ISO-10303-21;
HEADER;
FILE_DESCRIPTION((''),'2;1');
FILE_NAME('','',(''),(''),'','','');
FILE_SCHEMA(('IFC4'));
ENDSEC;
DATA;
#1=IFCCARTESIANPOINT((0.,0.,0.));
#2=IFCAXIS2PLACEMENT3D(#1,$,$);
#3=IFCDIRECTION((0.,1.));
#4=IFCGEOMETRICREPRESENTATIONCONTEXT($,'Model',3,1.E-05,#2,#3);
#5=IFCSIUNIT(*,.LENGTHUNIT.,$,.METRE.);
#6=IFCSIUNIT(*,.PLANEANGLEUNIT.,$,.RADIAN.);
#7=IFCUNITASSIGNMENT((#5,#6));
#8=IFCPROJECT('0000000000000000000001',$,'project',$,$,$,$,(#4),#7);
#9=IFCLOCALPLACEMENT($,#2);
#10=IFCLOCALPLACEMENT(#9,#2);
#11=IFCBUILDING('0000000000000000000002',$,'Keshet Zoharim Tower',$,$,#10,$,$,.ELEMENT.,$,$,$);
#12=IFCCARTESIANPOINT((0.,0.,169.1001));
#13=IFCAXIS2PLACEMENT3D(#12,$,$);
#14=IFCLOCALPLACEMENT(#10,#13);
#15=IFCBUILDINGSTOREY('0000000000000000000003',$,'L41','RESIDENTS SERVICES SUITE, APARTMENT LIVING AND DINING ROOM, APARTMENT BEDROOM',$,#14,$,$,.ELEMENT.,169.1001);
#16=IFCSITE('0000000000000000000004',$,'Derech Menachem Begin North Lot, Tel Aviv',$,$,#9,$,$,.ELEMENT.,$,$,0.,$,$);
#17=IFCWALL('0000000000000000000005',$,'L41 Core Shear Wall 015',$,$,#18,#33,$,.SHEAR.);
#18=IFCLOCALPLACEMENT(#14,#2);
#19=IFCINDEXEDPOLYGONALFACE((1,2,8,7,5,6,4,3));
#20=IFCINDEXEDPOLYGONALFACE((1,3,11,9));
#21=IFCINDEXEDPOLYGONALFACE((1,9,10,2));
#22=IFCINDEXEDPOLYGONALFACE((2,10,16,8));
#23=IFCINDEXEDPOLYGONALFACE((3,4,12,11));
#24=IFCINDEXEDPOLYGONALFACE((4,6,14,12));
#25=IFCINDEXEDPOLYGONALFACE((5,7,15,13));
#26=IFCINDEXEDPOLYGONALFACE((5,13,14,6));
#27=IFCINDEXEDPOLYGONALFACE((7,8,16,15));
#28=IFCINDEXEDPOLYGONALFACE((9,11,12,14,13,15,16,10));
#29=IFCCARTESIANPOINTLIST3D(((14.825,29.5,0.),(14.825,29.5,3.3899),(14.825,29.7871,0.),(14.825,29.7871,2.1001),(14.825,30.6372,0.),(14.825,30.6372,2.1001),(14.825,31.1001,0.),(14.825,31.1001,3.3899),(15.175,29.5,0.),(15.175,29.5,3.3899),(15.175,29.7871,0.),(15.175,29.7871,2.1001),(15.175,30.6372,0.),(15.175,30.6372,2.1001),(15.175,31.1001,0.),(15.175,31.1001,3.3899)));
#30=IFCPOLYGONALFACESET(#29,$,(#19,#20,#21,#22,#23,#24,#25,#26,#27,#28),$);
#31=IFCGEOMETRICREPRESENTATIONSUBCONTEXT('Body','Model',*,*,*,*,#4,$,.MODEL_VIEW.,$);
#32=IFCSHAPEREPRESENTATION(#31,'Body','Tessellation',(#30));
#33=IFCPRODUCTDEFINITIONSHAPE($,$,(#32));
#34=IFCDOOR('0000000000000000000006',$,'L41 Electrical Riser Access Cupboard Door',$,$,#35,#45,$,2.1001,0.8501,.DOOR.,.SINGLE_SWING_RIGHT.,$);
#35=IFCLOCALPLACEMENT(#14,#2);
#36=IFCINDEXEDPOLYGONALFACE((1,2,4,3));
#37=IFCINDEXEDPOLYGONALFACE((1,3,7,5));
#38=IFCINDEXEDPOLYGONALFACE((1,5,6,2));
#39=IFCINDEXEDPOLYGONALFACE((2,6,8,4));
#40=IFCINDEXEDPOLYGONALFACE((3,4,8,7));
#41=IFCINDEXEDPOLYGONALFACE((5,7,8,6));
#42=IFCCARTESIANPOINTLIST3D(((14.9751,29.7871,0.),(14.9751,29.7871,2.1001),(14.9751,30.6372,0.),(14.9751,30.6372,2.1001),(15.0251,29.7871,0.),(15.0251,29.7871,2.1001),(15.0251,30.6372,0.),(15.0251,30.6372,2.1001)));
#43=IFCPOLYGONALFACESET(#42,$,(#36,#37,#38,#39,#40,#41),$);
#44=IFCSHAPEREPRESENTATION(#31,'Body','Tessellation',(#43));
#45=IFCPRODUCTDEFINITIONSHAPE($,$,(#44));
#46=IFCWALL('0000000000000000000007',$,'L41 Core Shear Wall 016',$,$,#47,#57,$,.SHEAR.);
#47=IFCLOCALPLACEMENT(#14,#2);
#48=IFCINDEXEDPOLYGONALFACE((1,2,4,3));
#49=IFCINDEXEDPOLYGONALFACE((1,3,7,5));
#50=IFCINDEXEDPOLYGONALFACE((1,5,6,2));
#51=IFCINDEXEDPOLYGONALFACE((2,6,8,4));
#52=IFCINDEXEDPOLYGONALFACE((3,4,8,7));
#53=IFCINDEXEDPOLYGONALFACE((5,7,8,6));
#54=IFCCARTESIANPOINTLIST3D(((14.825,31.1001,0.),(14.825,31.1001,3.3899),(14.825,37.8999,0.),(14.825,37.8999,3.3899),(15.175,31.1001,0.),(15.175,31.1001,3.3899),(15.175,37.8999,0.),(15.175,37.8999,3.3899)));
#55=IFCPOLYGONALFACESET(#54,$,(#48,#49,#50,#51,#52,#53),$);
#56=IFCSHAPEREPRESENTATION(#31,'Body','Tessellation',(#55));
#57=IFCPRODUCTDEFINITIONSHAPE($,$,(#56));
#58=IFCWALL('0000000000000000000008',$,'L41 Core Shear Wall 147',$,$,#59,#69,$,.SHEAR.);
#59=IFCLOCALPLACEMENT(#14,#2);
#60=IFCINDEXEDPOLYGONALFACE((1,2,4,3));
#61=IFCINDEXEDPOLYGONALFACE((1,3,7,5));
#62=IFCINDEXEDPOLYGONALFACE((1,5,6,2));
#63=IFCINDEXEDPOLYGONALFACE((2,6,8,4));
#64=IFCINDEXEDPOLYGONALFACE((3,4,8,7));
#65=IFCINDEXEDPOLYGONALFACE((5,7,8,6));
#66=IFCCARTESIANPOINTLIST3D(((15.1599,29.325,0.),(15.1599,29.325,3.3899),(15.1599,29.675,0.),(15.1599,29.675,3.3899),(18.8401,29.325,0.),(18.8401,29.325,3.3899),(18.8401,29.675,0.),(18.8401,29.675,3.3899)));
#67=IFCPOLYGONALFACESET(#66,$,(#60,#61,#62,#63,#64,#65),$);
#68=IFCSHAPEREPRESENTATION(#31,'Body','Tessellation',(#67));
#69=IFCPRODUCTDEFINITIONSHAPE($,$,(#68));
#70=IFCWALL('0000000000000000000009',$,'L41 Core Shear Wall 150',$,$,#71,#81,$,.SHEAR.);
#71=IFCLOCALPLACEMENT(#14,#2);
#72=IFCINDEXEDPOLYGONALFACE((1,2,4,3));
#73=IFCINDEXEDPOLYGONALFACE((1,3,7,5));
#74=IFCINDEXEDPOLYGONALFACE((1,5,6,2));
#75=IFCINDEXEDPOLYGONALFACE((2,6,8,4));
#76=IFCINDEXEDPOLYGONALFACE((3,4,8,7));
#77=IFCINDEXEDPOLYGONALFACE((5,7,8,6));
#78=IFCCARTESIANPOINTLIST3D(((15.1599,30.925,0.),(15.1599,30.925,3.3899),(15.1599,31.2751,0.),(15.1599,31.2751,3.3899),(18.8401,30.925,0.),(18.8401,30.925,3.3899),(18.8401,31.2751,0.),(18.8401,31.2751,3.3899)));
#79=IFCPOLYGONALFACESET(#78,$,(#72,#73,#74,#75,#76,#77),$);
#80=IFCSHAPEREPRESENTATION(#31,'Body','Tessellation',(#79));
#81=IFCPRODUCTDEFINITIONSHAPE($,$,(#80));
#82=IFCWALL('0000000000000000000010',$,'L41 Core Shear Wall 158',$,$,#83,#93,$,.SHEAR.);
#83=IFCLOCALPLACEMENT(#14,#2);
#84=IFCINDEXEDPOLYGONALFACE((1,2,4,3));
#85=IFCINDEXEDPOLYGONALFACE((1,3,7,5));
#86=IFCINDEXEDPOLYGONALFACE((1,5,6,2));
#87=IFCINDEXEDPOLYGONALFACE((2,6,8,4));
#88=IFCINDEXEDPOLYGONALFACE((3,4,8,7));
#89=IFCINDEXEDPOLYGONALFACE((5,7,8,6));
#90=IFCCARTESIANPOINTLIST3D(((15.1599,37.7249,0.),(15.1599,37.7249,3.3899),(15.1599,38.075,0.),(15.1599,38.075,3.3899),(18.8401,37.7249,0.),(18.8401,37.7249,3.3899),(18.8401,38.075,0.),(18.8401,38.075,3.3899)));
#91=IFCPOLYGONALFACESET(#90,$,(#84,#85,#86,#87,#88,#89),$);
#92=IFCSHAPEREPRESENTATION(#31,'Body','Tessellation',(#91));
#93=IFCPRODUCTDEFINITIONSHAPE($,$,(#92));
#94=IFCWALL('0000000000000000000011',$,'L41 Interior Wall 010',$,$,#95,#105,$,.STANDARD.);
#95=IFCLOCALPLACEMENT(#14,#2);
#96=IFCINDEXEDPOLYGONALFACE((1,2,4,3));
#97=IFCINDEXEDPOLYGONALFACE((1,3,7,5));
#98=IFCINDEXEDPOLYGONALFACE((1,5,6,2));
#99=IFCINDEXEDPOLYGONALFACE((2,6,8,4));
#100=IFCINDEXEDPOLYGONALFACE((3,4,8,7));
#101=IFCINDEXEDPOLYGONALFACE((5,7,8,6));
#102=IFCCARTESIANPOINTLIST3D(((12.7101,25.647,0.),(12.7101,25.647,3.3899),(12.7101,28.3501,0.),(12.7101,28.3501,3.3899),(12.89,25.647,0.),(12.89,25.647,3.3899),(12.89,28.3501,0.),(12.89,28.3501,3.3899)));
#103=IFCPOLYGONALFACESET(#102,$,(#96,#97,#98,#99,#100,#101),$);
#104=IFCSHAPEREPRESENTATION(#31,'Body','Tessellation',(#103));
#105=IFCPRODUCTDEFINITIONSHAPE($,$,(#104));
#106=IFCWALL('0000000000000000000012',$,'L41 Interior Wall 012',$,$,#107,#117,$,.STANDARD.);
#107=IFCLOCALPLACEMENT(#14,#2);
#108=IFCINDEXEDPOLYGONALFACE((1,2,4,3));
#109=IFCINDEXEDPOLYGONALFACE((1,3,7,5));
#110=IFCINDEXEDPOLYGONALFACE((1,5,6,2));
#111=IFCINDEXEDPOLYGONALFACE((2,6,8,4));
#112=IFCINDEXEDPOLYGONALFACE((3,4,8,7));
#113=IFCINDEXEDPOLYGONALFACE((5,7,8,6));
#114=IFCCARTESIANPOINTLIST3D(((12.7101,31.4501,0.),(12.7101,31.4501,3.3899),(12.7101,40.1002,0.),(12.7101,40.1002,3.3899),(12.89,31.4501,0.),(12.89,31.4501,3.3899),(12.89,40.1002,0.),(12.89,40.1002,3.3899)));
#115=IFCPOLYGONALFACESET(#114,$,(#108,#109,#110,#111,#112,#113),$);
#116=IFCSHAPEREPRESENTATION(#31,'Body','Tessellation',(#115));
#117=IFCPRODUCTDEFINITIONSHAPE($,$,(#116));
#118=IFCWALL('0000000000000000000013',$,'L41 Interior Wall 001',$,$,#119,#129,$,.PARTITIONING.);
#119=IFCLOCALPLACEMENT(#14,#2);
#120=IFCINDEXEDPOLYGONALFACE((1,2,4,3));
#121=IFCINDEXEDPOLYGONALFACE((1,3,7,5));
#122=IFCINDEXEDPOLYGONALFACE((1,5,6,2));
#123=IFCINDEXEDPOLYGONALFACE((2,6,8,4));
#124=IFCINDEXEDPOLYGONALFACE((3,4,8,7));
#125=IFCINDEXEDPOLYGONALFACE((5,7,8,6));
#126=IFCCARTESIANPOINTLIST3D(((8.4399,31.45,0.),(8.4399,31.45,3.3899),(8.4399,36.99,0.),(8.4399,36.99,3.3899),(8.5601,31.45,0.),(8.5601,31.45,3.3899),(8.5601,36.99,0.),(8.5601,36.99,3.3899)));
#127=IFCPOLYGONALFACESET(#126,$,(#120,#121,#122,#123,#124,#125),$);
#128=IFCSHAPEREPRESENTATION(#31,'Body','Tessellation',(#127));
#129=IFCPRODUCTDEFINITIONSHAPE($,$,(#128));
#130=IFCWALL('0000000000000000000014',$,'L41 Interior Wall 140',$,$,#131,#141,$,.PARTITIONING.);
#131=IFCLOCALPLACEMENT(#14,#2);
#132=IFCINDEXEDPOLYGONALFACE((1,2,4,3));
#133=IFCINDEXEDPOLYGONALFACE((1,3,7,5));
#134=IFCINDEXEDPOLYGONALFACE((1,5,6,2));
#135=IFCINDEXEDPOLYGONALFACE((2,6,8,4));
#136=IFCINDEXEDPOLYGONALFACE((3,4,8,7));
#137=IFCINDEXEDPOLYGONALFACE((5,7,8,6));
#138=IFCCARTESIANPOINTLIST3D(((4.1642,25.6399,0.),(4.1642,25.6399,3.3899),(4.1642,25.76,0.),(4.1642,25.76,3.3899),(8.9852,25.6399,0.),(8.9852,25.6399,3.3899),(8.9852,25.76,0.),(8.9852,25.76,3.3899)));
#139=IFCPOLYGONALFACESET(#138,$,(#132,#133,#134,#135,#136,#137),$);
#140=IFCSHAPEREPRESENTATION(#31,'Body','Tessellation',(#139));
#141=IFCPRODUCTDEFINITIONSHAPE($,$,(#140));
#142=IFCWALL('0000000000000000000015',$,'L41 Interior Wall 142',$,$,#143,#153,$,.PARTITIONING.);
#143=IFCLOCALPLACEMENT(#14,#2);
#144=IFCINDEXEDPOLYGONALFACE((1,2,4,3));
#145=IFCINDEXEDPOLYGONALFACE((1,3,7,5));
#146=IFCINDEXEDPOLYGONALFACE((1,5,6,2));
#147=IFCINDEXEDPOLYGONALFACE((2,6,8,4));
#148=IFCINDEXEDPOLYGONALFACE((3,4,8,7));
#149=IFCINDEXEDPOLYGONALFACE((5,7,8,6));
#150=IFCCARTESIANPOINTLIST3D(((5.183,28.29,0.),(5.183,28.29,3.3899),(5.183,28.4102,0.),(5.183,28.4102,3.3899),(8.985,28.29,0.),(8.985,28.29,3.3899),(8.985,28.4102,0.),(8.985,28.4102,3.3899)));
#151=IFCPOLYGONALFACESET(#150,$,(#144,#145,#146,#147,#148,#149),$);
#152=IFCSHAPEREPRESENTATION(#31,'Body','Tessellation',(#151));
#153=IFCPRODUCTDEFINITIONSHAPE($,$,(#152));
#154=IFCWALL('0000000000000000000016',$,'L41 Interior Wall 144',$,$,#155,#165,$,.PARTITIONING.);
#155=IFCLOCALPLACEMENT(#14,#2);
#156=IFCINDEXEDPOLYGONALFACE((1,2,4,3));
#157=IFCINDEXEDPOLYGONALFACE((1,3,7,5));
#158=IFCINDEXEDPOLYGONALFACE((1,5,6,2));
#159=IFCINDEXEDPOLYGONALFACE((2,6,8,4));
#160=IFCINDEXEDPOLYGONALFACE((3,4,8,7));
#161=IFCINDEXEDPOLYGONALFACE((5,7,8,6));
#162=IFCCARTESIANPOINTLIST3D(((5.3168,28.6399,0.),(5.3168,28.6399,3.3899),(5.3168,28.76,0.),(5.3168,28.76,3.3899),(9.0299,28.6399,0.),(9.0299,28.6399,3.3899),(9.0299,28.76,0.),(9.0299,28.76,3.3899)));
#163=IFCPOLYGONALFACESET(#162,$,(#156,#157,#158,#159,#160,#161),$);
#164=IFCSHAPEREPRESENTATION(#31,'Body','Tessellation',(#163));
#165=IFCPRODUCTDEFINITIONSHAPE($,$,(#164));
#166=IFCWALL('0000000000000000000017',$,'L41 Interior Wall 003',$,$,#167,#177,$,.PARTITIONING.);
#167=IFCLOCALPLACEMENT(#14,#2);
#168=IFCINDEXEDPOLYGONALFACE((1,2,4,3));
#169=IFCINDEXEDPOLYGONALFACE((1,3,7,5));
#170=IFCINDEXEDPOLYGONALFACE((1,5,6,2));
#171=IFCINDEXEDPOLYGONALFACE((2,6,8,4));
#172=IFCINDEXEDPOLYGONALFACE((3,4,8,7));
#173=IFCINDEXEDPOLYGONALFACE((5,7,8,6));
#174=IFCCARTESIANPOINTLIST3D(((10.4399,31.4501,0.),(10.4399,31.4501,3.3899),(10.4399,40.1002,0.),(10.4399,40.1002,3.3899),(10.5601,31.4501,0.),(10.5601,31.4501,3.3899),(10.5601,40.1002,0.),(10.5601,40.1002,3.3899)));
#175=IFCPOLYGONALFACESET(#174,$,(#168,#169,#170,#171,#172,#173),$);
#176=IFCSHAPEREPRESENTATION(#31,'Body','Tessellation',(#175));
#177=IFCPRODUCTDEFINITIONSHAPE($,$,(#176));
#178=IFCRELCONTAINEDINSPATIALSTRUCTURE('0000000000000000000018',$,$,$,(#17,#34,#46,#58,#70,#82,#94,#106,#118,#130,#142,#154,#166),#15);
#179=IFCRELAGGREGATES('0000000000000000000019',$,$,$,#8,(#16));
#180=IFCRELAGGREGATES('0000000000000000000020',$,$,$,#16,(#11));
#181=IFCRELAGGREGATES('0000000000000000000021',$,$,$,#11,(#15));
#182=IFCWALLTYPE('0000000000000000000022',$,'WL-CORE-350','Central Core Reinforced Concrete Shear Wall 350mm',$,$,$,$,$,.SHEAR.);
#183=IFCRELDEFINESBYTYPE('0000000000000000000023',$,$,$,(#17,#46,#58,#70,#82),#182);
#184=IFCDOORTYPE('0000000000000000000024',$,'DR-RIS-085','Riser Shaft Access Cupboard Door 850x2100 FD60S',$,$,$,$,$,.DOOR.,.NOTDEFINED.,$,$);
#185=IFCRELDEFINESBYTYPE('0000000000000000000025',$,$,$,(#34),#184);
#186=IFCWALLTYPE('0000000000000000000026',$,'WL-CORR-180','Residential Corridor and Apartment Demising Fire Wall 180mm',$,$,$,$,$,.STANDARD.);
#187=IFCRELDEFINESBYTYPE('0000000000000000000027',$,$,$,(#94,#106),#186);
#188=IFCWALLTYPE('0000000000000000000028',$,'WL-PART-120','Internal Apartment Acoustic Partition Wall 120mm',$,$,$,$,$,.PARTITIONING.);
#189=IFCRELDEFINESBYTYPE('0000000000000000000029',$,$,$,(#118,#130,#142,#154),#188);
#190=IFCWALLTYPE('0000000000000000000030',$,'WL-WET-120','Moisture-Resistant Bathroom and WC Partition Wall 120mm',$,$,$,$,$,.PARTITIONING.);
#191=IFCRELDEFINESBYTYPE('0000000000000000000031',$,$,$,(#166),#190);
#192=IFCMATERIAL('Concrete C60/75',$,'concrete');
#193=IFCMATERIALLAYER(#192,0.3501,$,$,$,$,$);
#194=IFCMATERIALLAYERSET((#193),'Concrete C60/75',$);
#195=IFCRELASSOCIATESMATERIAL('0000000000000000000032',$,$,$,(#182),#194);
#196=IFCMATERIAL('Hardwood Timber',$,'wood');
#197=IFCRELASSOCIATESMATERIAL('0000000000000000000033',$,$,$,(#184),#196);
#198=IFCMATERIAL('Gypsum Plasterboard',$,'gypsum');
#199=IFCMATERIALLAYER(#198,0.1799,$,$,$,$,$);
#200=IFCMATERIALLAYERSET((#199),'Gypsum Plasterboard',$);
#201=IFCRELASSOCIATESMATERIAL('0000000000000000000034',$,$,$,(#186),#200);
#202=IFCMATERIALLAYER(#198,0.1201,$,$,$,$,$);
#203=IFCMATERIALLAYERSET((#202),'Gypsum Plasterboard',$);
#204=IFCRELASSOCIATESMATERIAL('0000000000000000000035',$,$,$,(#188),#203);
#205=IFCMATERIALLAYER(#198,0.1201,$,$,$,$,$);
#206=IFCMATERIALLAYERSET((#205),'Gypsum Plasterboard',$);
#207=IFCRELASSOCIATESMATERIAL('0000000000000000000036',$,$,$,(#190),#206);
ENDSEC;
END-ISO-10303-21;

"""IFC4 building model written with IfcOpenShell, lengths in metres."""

from ifc_helpers import new_model, si_unit, direction, frame, frame_2d, origin, place, context, subcontext, project, spatial, rectangle, extrude, material, layer, layer_set, type_object, element, fill, save


model = new_model("IFC4")

# Units and contexts
model_context = context("Model", 3, precision=1e-05, world=origin(), true_north=direction((0.0, 1.0)))
body_context = subcontext(model_context, "Body", "Model", "MODEL_VIEW")
ifc_project = project(units=[si_unit("LENGTHUNIT", "METRE"), si_unit("PLANEANGLEUNIT", "RADIAN")], contexts=[model_context])

# Site, building, storey
site_placement = place(None, origin())
site = spatial("IfcSite", under=ifc_project, at=site_placement, Name="Derech Menachem Begin North Lot, Tel Aviv", CompositionType="ELEMENT", RefElevation=0.0)
building_placement = place(site_placement, origin())
building = spatial("IfcBuilding", under=site, at=building_placement, Name="Keshet Zoharim Tower", CompositionType="ELEMENT")
storey_placement = place(building_placement, frame((0.0, 0.0, 169.1001)))
storey = spatial("IfcBuildingStorey", under=building, at=storey_placement, Name="L41", Description="RESIDENTS SERVICES SUITE, APARTMENT LIVING AND DINING ROOM, APARTMENT BEDROOM", CompositionType="ELEMENT", Elevation=169.1001)

# Wall, opening, door
ifc_material_1 = material(Name="Concrete C60/75", Category="concrete")
ifc_layer_1 = layer(ifc_material_1, 0.3501)
ifc_layer_set_1 = layer_set([ifc_layer_1], Name="Concrete C60/75")
wall_type_1 = type_object("IfcWallType", Name="WL-CORE-350", Description="Central Core Reinforced Concrete Shear Wall 350mm", PredefinedType="SHEAR", material=ifc_layer_set_1)
wall_1_placement = place(storey_placement, frame((15.0, 29.5, 0.0), z_axis=(0.0, 0.0, 1.0), x_axis=(0.0, 1.0, 0.0)))
wall_1 = element("IfcWall", 1, at=wall_1_placement, inside=storey, type_object=wall_type_1, Name="L41 Core Shear Wall 015", PredefinedType="SHEAR", context=body_context, shape_type="SweptSolid", body=[
    extrude(rectangle(XDim=1.6001, YDim=0.3501, at=frame_2d((0.8, 0.0))), origin(), (0.0, 0.0, 1.0), 3.3899),
])
opening_1_placement = place(wall_1_placement, frame((0.2871, 0.0, 0.0)))
opening_1 = element("IfcOpeningElement", 2, at=opening_1_placement, cuts=wall_1, PredefinedType="OPENING", context=body_context, shape_type="SweptSolid", body=[
    extrude(rectangle(XDim=0.8501, YDim=2.1001, at=frame_2d((0.425, 1.05))), frame((0.0, 0.1851, 0.0), z_axis=(0.0, -1.0, 0.0), x_axis=(1.0, 0.0, 0.0)), (0.0, 0.0, 1.0), 0.3701),
])
ifc_material_2 = material(Name="Hardwood Timber", Category="wood")
door_type_1 = type_object("IfcDoorType", Name="DR-RIS-085", Description="Riser Shaft Access Cupboard Door 850x2100 FD60S", OperationType="NOTDEFINED", PredefinedType="DOOR", material=ifc_material_2)
door_1_placement = place(opening_1_placement, origin())
door_1 = element("IfcDoor", 3, at=door_1_placement, inside=storey, type_object=door_type_1, Name="L41 Electrical Riser Access Cupboard Door", OperationType="SINGLE_SWING_RIGHT", OverallHeight=2.1001, OverallWidth=0.8501, PredefinedType="DOOR", context=body_context, shape_type="SweptSolid", body=[
    extrude(rectangle(XDim=0.8501, YDim=2.1001, at=frame_2d((0.425, 1.05))), frame((0.0, 0.0249, 0.0), z_axis=(0.0, -1.0, 0.0), x_axis=(1.0, 0.0, 0.0)), (0.0, 0.0, 1.0), 0.05),
])
fill(opening_1, door_1)

# Walls
wall_2_placement = place(storey_placement, frame((15.0, 31.1001, 0.0), z_axis=(0.0, 0.0, 1.0), x_axis=(0.0, 1.0, 0.0)))
element("IfcWall", 4, at=wall_2_placement, inside=storey, type_object=wall_type_1, Name="L41 Core Shear Wall 016", PredefinedType="SHEAR", context=body_context, shape_type="SweptSolid", body=[
    extrude(rectangle(XDim=6.7998, YDim=0.3501, at=frame_2d((3.3999, 0.0))), origin(), (0.0, 0.0, 1.0), 3.3899),
])
for number, where, z_axis, x_axis, name in (
    (5, (15.1599, 29.5, 0.0), (0.0, 0.0, 1.0), (1.0, 0.0, 0.0), "L41 Core Shear Wall 147"),
    (6, (15.1599, 31.1001, 0.0), (0.0, 0.0, 1.0), (1.0, 0.0, 0.0), "L41 Core Shear Wall 150"),
    (7, (15.1599, 37.8999, 0.0), (0.0, 0.0, 1.0), (1.0, 0.0, 0.0), "L41 Core Shear Wall 158"),
):
    element("IfcWall", number, at=place(storey_placement, frame(where, z_axis=z_axis, x_axis=x_axis)), inside=storey, type_object=wall_type_1, Name=name, PredefinedType="SHEAR", context=body_context, shape_type="SweptSolid", body=[
        extrude(rectangle(XDim=3.6802, YDim=0.3501, at=frame_2d((1.8401, 0.0))), origin(), (0.0, 0.0, 1.0), 3.3899),
    ])
ifc_material_3 = material(Name="Gypsum Plasterboard", Category="gypsum")
ifc_layer_2 = layer(ifc_material_3, 0.1799)
ifc_layer_set_2 = layer_set([ifc_layer_2], Name="Gypsum Plasterboard")
wall_type_2 = type_object("IfcWallType", Name="WL-CORR-180", Description="Residential Corridor and Apartment Demising Fire Wall 180mm", PredefinedType="STANDARD", material=ifc_layer_set_2)
wall_3_placement = place(storey_placement, frame((12.8, 25.647, 0.0), z_axis=(0.0, 0.0, 1.0), x_axis=(0.0, 1.0, 0.0)))
element("IfcWall", 8, at=wall_3_placement, inside=storey, type_object=wall_type_2, Name="L41 Interior Wall 010", PredefinedType="STANDARD", context=body_context, shape_type="SweptSolid", body=[
    extrude(rectangle(XDim=2.7031, YDim=0.1799, at=frame_2d((1.3516, 0.0))), origin(), (0.0, 0.0, 1.0), 3.3899),
])

# Walls
wall_4_placement = place(storey_placement, frame((12.8, 31.45, 0.0), z_axis=(0.0, 0.0, 1.0), x_axis=(0.0, 1.0, 0.0)))
element("IfcWall", 9, at=wall_4_placement, inside=storey, type_object=wall_type_2, Name="L41 Interior Wall 012", PredefinedType="STANDARD", context=body_context, shape_type="SweptSolid", body=[
    extrude(rectangle(XDim=8.6501, YDim=0.1799, at=frame_2d((4.3252, 0.0))), origin(), (0.0, 0.0, 1.0), 3.3899),
])
ifc_layer_3 = layer(ifc_material_3, 0.1201)
ifc_layer_set_3 = layer_set([ifc_layer_3], Name="Gypsum Plasterboard")
wall_type_3 = type_object("IfcWallType", Name="WL-PART-120", Description="Internal Apartment Acoustic Partition Wall 120mm", PredefinedType="PARTITIONING", material=ifc_layer_set_3)
wall_5_placement = place(storey_placement, frame((8.5, 31.45, 0.0), z_axis=(0.0, 0.0, 1.0), x_axis=(0.0, 1.0, 0.0)))
element("IfcWall", 10, at=wall_5_placement, inside=storey, type_object=wall_type_3, Name="L41 Interior Wall 001", PredefinedType="PARTITIONING", context=body_context, shape_type="SweptSolid", body=[
    extrude(rectangle(XDim=5.54, YDim=0.1201, at=frame_2d((2.77, 0.0))), origin(), (0.0, 0.0, 1.0), 3.3899),
])

# Walls
wall_6_placement = place(storey_placement, frame((4.1641, 25.7, 0.0), z_axis=(0.0, 0.0, 1.0), x_axis=(1.0, 0.0, 0.0)))
element("IfcWall", 11, at=wall_6_placement, inside=storey, type_object=wall_type_3, Name="L41 Interior Wall 140", PredefinedType="PARTITIONING", context=body_context, shape_type="SweptSolid", body=[
    extrude(rectangle(XDim=4.821, YDim=0.1201, at=frame_2d((2.4106, 0.0))), origin(), (0.0, 0.0, 1.0), 3.3899),
])
wall_7_placement = place(storey_placement, frame((5.1831, 28.3501, 0.0), z_axis=(0.0, 0.0, 1.0), x_axis=(1.0, 0.0, 0.0)))
element("IfcWall", 12, at=wall_7_placement, inside=storey, type_object=wall_type_3, Name="L41 Interior Wall 142", PredefinedType="PARTITIONING", context=body_context, shape_type="SweptSolid", body=[
    extrude(rectangle(XDim=3.802, YDim=0.1201, at=frame_2d((1.9009, 0.0))), origin(), (0.0, 0.0, 1.0), 3.3899),
])
wall_8_placement = place(storey_placement, frame((5.3169, 28.7, 0.0), z_axis=(0.0, 0.0, 1.0), x_axis=(1.0, 0.0, 0.0)))
element("IfcWall", 13, at=wall_8_placement, inside=storey, type_object=wall_type_3, Name="L41 Interior Wall 144", PredefinedType="PARTITIONING", context=body_context, shape_type="SweptSolid", body=[
    extrude(rectangle(XDim=3.7131, YDim=0.1201, at=frame_2d((1.8564, 0.0))), origin(), (0.0, 0.0, 1.0), 3.3899),
])

# Wall
ifc_layer_4 = layer(ifc_material_3, 0.1201)
ifc_layer_set_4 = layer_set([ifc_layer_4], Name="Gypsum Plasterboard")
wall_type_4 = type_object("IfcWallType", Name="WL-WET-120", Description="Moisture-Resistant Bathroom and WC Partition Wall 120mm", PredefinedType="PARTITIONING", material=ifc_layer_set_4)
wall_9_placement = place(storey_placement, frame((10.5, 31.45, 0.0), z_axis=(0.0, 0.0, 1.0), x_axis=(0.0, 1.0, 0.0)))
element("IfcWall", 14, at=wall_9_placement, inside=storey, type_object=wall_type_4, Name="L41 Interior Wall 003", PredefinedType="PARTITIONING", context=body_context, shape_type="SweptSolid", body=[
    extrude(rectangle(XDim=8.6501, YDim=0.1201, at=frame_2d((4.3252, 0.0))), origin(), (0.0, 0.0, 1.0), 3.3899),
])

save(model, "model.ifc")
